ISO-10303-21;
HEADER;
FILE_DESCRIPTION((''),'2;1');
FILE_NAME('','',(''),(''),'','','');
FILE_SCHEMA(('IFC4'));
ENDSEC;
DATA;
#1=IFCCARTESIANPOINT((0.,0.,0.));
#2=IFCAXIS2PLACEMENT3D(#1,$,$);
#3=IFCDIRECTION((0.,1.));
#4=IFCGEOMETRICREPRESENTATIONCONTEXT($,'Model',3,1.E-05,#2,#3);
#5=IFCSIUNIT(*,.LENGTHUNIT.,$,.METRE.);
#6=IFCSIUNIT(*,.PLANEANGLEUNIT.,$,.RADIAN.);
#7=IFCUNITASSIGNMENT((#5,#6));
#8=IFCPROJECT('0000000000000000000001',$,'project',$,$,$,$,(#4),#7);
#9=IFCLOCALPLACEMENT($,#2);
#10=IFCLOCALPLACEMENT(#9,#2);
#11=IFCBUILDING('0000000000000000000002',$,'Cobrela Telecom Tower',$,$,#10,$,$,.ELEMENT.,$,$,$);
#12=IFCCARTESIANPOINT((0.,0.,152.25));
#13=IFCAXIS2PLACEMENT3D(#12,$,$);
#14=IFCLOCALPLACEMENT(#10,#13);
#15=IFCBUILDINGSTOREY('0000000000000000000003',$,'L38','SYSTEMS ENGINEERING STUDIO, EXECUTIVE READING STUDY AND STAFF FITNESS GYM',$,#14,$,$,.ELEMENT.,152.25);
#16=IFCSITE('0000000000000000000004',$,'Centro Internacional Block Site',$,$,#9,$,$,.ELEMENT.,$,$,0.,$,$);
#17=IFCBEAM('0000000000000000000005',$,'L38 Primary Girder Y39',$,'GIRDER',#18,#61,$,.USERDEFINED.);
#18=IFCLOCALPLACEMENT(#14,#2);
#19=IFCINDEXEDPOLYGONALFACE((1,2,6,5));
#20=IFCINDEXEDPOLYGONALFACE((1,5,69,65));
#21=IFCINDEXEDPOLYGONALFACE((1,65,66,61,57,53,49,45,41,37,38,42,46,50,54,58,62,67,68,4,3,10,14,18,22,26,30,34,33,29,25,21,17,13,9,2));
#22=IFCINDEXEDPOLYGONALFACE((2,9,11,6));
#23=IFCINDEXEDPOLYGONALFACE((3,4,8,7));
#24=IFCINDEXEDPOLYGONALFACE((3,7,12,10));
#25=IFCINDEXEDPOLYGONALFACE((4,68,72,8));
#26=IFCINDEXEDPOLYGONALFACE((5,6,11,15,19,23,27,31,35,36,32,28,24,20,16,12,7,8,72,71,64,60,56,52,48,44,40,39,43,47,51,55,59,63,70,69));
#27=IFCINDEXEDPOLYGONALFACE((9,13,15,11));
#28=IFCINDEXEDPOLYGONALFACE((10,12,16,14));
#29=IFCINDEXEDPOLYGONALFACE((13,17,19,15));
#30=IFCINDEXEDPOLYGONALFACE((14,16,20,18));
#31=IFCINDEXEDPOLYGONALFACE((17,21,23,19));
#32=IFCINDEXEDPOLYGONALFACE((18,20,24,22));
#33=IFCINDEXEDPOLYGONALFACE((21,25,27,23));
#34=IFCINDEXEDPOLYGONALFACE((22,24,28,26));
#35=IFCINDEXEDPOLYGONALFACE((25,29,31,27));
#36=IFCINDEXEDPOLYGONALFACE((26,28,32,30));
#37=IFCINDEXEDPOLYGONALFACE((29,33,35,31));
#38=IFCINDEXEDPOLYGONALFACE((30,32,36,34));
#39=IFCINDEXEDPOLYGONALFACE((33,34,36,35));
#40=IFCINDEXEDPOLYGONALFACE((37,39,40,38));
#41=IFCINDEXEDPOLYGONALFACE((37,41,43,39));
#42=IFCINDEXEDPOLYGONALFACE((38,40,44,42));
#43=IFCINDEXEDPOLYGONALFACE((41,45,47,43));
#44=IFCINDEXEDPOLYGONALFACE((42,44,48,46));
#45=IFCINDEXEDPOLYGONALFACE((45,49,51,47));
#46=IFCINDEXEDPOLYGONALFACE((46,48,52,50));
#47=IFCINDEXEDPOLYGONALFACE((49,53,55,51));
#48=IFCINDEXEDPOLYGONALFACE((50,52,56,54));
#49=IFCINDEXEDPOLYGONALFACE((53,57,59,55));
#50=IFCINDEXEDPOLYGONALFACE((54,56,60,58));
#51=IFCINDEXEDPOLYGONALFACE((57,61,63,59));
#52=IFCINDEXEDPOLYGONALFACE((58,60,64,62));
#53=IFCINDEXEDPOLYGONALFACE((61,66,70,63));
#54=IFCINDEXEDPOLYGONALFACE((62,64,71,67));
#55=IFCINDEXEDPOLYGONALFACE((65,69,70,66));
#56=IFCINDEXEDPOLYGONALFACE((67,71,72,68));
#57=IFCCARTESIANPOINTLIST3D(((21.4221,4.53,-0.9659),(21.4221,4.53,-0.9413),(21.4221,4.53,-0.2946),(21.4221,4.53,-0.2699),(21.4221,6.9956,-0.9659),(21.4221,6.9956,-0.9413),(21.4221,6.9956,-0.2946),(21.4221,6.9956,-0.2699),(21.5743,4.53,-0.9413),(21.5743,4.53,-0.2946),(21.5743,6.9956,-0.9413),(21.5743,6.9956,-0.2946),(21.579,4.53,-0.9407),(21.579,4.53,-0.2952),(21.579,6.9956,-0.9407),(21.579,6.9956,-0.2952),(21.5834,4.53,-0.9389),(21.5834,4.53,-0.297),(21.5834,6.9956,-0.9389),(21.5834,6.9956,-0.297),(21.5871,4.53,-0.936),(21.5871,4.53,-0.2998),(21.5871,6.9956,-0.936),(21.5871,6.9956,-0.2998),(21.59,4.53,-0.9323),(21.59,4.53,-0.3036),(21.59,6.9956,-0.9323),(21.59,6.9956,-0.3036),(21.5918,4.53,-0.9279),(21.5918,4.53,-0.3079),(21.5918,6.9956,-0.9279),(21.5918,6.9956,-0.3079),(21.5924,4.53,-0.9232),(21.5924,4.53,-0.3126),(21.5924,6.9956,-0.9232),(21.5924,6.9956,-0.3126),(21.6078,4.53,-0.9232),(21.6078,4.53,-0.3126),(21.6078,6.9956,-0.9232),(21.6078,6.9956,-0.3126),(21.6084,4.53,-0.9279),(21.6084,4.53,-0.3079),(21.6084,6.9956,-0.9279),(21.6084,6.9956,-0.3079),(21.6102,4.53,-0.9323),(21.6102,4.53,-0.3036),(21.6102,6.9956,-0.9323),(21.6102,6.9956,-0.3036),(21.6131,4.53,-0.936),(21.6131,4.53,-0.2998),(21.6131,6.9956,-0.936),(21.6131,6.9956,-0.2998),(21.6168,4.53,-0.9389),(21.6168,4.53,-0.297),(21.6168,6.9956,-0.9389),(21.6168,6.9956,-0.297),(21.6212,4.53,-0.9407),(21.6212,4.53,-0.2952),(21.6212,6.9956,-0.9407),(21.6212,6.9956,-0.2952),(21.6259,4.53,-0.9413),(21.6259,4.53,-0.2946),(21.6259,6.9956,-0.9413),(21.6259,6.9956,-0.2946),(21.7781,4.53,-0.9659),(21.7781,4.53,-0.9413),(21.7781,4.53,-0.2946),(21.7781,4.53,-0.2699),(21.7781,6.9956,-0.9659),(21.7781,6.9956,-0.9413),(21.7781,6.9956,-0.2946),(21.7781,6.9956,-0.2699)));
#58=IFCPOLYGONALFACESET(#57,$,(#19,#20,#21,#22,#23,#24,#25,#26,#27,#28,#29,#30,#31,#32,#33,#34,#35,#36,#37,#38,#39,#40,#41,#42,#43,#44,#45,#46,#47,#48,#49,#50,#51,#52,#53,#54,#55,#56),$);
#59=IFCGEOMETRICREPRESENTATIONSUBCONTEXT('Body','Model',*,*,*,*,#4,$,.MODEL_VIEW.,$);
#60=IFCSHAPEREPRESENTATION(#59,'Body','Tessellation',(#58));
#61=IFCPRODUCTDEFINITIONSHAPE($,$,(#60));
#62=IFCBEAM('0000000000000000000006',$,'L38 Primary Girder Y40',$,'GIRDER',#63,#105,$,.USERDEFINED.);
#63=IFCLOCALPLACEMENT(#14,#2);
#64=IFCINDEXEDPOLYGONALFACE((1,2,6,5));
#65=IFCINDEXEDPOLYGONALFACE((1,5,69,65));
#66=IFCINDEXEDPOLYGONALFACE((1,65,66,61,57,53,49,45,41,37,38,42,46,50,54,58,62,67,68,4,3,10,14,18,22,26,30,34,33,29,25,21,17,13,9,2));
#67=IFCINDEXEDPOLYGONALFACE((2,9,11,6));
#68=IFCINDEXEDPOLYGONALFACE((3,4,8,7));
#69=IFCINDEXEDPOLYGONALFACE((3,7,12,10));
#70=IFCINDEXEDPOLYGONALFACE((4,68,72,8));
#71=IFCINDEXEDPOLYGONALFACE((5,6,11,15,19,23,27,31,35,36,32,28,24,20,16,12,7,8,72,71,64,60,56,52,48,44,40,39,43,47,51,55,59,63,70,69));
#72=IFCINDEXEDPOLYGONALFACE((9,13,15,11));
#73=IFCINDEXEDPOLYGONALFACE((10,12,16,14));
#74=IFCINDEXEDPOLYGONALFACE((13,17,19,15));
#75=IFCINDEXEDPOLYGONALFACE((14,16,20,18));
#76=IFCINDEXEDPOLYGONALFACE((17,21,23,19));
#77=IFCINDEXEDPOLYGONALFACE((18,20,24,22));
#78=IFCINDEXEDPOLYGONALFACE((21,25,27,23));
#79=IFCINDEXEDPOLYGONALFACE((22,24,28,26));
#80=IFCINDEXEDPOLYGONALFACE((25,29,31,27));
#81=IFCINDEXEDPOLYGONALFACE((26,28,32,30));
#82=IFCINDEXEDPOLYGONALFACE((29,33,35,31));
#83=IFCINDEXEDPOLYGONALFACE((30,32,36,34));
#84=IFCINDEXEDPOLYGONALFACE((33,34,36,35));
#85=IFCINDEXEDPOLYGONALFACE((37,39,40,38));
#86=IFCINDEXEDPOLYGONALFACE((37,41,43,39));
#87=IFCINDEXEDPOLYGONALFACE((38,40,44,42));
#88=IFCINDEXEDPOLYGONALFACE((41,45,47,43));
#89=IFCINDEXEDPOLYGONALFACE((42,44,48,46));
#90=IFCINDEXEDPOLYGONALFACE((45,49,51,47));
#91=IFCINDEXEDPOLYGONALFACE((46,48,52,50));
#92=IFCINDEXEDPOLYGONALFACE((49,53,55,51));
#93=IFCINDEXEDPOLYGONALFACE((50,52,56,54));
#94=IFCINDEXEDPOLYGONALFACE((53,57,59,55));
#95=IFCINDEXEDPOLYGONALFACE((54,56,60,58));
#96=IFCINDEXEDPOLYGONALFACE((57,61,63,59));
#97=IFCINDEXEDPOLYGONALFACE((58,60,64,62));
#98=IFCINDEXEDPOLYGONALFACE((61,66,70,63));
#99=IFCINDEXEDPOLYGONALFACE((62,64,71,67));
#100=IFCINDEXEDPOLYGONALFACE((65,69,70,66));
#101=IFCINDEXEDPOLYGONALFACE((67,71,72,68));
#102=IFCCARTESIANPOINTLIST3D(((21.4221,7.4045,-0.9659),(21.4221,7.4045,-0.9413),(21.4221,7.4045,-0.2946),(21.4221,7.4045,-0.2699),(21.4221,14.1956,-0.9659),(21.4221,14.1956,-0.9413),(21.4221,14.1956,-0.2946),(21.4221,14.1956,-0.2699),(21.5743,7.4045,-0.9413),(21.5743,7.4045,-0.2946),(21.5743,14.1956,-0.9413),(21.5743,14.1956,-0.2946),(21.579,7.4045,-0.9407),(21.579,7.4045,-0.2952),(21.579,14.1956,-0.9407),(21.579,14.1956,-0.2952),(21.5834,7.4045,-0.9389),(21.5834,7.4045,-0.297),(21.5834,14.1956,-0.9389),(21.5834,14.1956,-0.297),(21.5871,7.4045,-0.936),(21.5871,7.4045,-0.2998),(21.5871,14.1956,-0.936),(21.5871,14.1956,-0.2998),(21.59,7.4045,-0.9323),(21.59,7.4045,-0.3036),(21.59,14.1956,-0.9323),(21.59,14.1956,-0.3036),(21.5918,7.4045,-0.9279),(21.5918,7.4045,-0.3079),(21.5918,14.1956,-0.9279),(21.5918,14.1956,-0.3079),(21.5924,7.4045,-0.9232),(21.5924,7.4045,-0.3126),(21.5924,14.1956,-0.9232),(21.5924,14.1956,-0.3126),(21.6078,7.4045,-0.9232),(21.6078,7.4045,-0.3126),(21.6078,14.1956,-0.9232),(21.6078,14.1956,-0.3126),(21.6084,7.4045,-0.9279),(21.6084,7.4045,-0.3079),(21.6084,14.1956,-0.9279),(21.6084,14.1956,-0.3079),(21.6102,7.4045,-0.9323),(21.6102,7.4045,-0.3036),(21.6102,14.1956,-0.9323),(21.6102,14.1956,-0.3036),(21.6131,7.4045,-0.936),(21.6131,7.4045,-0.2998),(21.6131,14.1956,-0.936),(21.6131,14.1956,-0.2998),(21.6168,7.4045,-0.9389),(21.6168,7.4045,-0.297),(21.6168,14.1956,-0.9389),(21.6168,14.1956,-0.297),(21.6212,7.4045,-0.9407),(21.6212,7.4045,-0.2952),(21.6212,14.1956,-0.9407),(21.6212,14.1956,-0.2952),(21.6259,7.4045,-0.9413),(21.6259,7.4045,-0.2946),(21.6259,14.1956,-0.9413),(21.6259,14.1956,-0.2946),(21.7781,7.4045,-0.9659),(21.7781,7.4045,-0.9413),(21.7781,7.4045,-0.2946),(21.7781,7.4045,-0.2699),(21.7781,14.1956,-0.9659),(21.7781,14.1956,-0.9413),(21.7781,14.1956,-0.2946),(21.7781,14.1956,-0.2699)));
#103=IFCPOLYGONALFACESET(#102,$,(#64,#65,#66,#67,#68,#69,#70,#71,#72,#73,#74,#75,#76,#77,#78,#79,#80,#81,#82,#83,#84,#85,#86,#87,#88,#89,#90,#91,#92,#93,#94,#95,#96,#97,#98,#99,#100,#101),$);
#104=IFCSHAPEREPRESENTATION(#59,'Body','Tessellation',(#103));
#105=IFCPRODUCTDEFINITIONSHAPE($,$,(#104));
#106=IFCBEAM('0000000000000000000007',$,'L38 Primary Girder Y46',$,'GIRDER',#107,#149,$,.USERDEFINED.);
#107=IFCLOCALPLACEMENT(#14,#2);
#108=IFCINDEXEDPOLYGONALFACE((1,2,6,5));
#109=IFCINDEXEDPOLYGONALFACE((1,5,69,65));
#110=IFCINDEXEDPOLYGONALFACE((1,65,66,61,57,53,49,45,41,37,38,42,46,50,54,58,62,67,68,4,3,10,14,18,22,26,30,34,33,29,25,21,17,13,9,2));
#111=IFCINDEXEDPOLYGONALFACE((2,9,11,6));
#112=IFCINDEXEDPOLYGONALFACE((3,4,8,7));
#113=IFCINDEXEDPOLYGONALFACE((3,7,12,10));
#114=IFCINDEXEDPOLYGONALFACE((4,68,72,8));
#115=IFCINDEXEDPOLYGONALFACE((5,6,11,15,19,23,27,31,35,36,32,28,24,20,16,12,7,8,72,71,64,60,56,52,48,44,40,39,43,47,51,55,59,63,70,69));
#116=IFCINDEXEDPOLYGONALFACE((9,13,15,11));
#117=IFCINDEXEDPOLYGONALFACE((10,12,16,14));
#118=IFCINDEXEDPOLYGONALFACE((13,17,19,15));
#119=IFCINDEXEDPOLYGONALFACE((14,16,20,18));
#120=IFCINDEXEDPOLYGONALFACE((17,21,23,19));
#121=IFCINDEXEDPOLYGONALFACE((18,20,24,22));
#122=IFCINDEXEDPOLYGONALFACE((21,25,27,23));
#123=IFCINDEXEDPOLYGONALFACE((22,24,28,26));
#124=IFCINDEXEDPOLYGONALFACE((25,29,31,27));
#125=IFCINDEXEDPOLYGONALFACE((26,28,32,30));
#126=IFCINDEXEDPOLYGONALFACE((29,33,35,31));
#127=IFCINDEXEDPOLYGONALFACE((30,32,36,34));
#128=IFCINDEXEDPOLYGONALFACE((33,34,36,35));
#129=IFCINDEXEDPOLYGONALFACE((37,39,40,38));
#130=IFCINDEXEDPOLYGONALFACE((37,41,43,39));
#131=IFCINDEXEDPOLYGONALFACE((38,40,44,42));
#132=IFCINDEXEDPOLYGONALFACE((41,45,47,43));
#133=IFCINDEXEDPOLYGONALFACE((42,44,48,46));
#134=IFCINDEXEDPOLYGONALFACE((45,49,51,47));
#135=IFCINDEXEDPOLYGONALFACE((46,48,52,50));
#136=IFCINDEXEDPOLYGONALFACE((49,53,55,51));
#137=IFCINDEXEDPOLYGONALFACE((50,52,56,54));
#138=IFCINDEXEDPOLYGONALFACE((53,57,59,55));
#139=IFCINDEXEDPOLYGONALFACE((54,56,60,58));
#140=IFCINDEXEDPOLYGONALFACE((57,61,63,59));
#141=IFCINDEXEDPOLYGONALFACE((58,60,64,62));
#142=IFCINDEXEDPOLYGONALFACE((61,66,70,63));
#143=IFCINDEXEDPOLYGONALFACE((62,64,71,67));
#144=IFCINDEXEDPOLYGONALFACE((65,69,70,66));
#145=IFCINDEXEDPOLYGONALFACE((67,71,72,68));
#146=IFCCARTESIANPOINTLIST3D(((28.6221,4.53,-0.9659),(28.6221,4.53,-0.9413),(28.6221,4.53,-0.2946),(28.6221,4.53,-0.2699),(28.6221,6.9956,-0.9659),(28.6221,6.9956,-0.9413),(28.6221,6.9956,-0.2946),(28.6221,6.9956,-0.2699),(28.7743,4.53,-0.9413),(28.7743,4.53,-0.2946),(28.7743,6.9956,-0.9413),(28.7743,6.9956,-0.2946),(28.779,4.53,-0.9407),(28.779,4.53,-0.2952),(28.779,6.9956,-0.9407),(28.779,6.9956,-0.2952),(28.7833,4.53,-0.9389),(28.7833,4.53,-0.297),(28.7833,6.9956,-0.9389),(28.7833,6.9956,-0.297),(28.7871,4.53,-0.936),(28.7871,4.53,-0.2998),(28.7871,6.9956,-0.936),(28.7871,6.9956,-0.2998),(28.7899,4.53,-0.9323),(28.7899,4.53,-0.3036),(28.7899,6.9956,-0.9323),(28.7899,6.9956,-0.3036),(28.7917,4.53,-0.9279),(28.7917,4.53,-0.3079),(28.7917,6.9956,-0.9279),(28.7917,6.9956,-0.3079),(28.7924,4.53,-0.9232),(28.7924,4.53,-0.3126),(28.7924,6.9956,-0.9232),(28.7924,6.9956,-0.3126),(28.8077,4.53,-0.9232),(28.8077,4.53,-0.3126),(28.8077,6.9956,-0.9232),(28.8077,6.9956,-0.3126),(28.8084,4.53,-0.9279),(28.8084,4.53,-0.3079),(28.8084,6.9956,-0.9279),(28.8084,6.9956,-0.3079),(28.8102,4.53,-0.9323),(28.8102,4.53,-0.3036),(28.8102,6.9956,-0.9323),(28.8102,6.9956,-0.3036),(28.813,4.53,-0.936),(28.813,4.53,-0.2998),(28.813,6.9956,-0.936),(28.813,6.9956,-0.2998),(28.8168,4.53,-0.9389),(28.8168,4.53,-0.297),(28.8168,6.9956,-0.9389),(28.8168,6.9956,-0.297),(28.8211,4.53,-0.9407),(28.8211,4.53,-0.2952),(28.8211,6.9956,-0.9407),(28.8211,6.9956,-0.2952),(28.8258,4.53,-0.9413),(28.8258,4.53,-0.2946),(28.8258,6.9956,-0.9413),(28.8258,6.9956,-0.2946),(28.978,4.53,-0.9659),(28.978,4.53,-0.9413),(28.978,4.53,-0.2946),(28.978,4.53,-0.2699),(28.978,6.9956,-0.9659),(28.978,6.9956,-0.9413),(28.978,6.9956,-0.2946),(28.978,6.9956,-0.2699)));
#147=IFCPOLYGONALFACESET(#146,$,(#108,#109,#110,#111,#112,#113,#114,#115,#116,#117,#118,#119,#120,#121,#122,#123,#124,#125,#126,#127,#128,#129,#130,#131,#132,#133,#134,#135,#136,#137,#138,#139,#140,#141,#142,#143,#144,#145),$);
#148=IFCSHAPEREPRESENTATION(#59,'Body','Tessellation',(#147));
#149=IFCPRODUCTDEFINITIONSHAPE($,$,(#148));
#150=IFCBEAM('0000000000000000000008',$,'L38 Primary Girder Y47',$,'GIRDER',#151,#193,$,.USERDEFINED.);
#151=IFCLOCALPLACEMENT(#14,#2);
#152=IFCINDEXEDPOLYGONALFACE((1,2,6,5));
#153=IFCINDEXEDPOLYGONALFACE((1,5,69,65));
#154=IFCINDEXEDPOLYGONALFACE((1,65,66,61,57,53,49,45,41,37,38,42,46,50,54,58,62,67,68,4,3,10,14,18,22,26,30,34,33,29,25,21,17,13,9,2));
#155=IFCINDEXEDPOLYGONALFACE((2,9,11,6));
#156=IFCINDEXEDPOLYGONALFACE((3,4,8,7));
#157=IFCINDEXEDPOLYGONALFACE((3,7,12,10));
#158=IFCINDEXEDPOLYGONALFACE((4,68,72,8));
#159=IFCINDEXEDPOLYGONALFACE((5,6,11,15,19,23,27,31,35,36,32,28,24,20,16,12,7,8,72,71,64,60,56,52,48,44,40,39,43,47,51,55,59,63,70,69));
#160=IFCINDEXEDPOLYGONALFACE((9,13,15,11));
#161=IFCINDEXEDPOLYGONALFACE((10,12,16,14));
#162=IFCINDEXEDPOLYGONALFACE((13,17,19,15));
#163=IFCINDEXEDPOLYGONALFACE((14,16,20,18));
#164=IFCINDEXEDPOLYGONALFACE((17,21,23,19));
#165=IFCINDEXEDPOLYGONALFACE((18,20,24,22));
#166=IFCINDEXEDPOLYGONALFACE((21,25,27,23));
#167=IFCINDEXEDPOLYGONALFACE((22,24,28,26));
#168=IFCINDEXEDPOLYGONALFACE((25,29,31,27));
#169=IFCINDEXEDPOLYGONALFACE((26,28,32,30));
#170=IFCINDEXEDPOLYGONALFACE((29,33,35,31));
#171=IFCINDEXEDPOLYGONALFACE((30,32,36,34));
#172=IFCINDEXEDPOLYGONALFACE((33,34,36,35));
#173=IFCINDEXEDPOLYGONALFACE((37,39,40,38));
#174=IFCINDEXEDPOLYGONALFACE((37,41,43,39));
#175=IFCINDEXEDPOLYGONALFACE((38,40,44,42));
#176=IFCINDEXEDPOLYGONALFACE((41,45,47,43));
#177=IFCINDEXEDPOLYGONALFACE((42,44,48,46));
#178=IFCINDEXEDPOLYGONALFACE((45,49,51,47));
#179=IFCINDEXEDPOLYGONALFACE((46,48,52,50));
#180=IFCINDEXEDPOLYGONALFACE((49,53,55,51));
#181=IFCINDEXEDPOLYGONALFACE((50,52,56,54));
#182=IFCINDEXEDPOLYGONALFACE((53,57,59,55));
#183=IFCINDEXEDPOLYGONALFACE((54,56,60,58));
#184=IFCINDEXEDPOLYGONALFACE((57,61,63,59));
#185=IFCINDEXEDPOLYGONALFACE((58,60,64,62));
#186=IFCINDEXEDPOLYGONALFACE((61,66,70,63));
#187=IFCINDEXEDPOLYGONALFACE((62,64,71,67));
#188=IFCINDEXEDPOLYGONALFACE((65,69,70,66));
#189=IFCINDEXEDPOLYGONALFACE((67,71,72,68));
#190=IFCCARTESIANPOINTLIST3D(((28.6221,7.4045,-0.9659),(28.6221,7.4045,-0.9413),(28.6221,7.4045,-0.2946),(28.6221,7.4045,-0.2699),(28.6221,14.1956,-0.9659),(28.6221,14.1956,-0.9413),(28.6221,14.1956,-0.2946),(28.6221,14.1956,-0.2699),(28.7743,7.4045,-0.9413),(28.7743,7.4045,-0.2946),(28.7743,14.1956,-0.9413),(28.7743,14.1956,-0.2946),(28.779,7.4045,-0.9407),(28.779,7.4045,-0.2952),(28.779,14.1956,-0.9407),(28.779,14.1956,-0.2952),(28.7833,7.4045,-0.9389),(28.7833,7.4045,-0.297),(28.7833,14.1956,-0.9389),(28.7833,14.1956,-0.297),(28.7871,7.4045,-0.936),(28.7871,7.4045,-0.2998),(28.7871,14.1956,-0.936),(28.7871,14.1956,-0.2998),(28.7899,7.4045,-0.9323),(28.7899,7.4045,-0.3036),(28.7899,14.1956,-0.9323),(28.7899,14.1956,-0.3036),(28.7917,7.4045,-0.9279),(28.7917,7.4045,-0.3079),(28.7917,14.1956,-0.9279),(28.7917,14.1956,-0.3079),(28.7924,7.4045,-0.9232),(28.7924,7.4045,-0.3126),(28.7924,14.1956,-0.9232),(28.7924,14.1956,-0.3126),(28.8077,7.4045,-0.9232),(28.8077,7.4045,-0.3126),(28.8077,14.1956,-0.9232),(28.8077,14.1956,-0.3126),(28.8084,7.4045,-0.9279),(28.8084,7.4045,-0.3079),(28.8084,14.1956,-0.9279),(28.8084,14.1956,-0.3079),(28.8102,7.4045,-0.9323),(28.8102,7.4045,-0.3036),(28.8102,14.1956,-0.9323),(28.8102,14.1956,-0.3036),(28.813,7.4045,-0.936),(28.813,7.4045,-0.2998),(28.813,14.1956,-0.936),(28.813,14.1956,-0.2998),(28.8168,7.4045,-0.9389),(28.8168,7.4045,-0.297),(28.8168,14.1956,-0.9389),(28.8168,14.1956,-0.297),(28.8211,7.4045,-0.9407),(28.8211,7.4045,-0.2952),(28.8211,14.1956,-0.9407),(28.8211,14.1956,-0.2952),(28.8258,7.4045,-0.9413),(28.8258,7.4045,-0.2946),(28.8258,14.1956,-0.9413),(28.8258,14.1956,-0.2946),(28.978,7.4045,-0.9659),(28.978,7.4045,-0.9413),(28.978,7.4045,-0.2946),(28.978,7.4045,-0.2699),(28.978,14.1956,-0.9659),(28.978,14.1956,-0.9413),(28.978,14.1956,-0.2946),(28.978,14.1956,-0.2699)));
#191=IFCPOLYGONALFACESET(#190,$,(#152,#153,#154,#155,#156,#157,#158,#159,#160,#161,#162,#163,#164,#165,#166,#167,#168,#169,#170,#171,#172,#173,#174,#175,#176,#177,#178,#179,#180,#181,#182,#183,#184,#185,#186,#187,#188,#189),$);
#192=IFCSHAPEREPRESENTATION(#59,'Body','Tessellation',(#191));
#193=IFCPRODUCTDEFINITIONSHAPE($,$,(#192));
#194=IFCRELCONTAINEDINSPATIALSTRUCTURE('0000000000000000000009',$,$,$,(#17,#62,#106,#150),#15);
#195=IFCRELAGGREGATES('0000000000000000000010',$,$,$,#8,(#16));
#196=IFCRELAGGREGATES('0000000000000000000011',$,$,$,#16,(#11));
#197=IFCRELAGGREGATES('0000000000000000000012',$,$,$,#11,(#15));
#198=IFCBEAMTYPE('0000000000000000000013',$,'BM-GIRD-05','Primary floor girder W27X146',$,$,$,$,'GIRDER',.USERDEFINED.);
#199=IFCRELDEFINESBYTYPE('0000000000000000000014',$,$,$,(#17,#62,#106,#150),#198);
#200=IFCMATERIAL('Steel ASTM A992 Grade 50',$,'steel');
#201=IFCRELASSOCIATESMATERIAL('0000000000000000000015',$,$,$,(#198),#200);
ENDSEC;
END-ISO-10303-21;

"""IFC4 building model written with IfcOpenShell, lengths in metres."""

from ifc_helpers import new_model, si_unit, direction, frame, origin, origin_2d, place, context, subcontext, project, spatial, i_section, extrude, material, material_profile, profile_set, type_object, element, save


model = new_model("IFC4")

# Units and contexts
model_context = context("Model", 3, precision=1e-05, world=origin(), true_north=direction((0.0, 1.0)))
body_context = subcontext(model_context, "Body", "Model", "MODEL_VIEW")
ifc_project = project(units=[si_unit("LENGTHUNIT", "METRE"), si_unit("PLANEANGLEUNIT", "RADIAN")], contexts=[model_context])

# Site, building, storey
site_placement = place(None, origin())
site = spatial("IfcSite", under=ifc_project, at=site_placement, Name="Centro Internacional Block Site", CompositionType="ELEMENT", RefElevation=0.0)
building_placement = place(site_placement, origin())
building = spatial("IfcBuilding", under=site, at=building_placement, Name="Cobrela Telecom Tower", CompositionType="ELEMENT")
storey_placement = place(building_placement, frame((0.0, 0.0, 152.25)))
storey = spatial("IfcBuildingStorey", under=building, at=storey_placement, Name="L38", Description="SYSTEMS ENGINEERING STUDIO, EXECUTIVE READING STUDY AND STAFF FITNESS GYM", CompositionType="ELEMENT", Elevation=152.25)

# Shared definitions
ifc_material_1 = material(Name="Steel ASTM A992 Grade 50", Category="steel")

# Beams
ifc_material_profile_1 = material_profile(ifc_material_1, i_section(OverallWidth=0.356, OverallDepth=0.696, WebThickness=0.0154, FlangeThickness=0.0247, FilletRadius=0.0181, at=origin_2d()), Name="W27X146")
ifc_profile_set_1 = profile_set([ifc_material_profile_1], Name="Steel ASTM A992 Grade 50")
beam_type_1 = type_object("IfcBeamType", Name="BM-GIRD-05", Description="Primary floor girder W27X146", ElementType="GIRDER", PredefinedType="USERDEFINED", material=ifc_profile_set_1)
beam_1_placement = place(storey_placement, frame((21.6001, 4.53, -0.6179), z_axis=(0.0, 1.0, 0.0), x_axis=(-1.0, 0.0, 0.0)))
element("IfcBeam", 1, at=beam_1_placement, inside=storey, type_object=beam_type_1, Name="L38 Primary Girder Y39", ObjectType="GIRDER", PredefinedType="USERDEFINED", context=body_context, shape_type="SweptSolid", body=[
    extrude(i_section(OverallWidth=0.356, OverallDepth=0.696, WebThickness=0.0154, FlangeThickness=0.0247, FilletRadius=0.0181, at=origin_2d()), origin(), (0.0, 0.0, 1.0), 2.4656),
])
beam_2_placement = place(storey_placement, frame((21.6001, 7.4045, -0.6179), z_axis=(0.0, 1.0, 0.0), x_axis=(-1.0, 0.0, 0.0)))
element("IfcBeam", 2, at=beam_2_placement, inside=storey, type_object=beam_type_1, Name="L38 Primary Girder Y40", ObjectType="GIRDER", PredefinedType="USERDEFINED", context=body_context, shape_type="SweptSolid", body=[
    extrude(i_section(OverallWidth=0.356, OverallDepth=0.696, WebThickness=0.0154, FlangeThickness=0.0247, FilletRadius=0.0181, at=origin_2d()), origin(), (0.0, 0.0, 1.0), 6.791),
])
beam_3_placement = place(storey_placement, frame((28.8, 4.53, -0.6179), z_axis=(0.0, 1.0, 0.0), x_axis=(-1.0, 0.0, 0.0)))
element("IfcBeam", 3, at=beam_3_placement, inside=storey, type_object=beam_type_1, Name="L38 Primary Girder Y46", ObjectType="GIRDER", PredefinedType="USERDEFINED", context=body_context, shape_type="SweptSolid", body=[
    extrude(i_section(OverallWidth=0.356, OverallDepth=0.696, WebThickness=0.0154, FlangeThickness=0.0247, FilletRadius=0.0181, at=origin_2d()), origin(), (0.0, 0.0, 1.0), 2.4656),
])
beam_4_placement = place(storey_placement, frame((28.8, 7.4045, -0.6179), z_axis=(0.0, 1.0, 0.0), x_axis=(-1.0, 0.0, 0.0)))
element("IfcBeam", 4, at=beam_4_placement, inside=storey, type_object=beam_type_1, Name="L38 Primary Girder Y47", ObjectType="GIRDER", PredefinedType="USERDEFINED", context=body_context, shape_type="SweptSolid", body=[
    extrude(i_section(OverallWidth=0.356, OverallDepth=0.696, WebThickness=0.0154, FlangeThickness=0.0247, FilletRadius=0.0181, at=origin_2d()), origin(), (0.0, 0.0, 1.0), 6.791),
])

save(model, "model.ifc")
